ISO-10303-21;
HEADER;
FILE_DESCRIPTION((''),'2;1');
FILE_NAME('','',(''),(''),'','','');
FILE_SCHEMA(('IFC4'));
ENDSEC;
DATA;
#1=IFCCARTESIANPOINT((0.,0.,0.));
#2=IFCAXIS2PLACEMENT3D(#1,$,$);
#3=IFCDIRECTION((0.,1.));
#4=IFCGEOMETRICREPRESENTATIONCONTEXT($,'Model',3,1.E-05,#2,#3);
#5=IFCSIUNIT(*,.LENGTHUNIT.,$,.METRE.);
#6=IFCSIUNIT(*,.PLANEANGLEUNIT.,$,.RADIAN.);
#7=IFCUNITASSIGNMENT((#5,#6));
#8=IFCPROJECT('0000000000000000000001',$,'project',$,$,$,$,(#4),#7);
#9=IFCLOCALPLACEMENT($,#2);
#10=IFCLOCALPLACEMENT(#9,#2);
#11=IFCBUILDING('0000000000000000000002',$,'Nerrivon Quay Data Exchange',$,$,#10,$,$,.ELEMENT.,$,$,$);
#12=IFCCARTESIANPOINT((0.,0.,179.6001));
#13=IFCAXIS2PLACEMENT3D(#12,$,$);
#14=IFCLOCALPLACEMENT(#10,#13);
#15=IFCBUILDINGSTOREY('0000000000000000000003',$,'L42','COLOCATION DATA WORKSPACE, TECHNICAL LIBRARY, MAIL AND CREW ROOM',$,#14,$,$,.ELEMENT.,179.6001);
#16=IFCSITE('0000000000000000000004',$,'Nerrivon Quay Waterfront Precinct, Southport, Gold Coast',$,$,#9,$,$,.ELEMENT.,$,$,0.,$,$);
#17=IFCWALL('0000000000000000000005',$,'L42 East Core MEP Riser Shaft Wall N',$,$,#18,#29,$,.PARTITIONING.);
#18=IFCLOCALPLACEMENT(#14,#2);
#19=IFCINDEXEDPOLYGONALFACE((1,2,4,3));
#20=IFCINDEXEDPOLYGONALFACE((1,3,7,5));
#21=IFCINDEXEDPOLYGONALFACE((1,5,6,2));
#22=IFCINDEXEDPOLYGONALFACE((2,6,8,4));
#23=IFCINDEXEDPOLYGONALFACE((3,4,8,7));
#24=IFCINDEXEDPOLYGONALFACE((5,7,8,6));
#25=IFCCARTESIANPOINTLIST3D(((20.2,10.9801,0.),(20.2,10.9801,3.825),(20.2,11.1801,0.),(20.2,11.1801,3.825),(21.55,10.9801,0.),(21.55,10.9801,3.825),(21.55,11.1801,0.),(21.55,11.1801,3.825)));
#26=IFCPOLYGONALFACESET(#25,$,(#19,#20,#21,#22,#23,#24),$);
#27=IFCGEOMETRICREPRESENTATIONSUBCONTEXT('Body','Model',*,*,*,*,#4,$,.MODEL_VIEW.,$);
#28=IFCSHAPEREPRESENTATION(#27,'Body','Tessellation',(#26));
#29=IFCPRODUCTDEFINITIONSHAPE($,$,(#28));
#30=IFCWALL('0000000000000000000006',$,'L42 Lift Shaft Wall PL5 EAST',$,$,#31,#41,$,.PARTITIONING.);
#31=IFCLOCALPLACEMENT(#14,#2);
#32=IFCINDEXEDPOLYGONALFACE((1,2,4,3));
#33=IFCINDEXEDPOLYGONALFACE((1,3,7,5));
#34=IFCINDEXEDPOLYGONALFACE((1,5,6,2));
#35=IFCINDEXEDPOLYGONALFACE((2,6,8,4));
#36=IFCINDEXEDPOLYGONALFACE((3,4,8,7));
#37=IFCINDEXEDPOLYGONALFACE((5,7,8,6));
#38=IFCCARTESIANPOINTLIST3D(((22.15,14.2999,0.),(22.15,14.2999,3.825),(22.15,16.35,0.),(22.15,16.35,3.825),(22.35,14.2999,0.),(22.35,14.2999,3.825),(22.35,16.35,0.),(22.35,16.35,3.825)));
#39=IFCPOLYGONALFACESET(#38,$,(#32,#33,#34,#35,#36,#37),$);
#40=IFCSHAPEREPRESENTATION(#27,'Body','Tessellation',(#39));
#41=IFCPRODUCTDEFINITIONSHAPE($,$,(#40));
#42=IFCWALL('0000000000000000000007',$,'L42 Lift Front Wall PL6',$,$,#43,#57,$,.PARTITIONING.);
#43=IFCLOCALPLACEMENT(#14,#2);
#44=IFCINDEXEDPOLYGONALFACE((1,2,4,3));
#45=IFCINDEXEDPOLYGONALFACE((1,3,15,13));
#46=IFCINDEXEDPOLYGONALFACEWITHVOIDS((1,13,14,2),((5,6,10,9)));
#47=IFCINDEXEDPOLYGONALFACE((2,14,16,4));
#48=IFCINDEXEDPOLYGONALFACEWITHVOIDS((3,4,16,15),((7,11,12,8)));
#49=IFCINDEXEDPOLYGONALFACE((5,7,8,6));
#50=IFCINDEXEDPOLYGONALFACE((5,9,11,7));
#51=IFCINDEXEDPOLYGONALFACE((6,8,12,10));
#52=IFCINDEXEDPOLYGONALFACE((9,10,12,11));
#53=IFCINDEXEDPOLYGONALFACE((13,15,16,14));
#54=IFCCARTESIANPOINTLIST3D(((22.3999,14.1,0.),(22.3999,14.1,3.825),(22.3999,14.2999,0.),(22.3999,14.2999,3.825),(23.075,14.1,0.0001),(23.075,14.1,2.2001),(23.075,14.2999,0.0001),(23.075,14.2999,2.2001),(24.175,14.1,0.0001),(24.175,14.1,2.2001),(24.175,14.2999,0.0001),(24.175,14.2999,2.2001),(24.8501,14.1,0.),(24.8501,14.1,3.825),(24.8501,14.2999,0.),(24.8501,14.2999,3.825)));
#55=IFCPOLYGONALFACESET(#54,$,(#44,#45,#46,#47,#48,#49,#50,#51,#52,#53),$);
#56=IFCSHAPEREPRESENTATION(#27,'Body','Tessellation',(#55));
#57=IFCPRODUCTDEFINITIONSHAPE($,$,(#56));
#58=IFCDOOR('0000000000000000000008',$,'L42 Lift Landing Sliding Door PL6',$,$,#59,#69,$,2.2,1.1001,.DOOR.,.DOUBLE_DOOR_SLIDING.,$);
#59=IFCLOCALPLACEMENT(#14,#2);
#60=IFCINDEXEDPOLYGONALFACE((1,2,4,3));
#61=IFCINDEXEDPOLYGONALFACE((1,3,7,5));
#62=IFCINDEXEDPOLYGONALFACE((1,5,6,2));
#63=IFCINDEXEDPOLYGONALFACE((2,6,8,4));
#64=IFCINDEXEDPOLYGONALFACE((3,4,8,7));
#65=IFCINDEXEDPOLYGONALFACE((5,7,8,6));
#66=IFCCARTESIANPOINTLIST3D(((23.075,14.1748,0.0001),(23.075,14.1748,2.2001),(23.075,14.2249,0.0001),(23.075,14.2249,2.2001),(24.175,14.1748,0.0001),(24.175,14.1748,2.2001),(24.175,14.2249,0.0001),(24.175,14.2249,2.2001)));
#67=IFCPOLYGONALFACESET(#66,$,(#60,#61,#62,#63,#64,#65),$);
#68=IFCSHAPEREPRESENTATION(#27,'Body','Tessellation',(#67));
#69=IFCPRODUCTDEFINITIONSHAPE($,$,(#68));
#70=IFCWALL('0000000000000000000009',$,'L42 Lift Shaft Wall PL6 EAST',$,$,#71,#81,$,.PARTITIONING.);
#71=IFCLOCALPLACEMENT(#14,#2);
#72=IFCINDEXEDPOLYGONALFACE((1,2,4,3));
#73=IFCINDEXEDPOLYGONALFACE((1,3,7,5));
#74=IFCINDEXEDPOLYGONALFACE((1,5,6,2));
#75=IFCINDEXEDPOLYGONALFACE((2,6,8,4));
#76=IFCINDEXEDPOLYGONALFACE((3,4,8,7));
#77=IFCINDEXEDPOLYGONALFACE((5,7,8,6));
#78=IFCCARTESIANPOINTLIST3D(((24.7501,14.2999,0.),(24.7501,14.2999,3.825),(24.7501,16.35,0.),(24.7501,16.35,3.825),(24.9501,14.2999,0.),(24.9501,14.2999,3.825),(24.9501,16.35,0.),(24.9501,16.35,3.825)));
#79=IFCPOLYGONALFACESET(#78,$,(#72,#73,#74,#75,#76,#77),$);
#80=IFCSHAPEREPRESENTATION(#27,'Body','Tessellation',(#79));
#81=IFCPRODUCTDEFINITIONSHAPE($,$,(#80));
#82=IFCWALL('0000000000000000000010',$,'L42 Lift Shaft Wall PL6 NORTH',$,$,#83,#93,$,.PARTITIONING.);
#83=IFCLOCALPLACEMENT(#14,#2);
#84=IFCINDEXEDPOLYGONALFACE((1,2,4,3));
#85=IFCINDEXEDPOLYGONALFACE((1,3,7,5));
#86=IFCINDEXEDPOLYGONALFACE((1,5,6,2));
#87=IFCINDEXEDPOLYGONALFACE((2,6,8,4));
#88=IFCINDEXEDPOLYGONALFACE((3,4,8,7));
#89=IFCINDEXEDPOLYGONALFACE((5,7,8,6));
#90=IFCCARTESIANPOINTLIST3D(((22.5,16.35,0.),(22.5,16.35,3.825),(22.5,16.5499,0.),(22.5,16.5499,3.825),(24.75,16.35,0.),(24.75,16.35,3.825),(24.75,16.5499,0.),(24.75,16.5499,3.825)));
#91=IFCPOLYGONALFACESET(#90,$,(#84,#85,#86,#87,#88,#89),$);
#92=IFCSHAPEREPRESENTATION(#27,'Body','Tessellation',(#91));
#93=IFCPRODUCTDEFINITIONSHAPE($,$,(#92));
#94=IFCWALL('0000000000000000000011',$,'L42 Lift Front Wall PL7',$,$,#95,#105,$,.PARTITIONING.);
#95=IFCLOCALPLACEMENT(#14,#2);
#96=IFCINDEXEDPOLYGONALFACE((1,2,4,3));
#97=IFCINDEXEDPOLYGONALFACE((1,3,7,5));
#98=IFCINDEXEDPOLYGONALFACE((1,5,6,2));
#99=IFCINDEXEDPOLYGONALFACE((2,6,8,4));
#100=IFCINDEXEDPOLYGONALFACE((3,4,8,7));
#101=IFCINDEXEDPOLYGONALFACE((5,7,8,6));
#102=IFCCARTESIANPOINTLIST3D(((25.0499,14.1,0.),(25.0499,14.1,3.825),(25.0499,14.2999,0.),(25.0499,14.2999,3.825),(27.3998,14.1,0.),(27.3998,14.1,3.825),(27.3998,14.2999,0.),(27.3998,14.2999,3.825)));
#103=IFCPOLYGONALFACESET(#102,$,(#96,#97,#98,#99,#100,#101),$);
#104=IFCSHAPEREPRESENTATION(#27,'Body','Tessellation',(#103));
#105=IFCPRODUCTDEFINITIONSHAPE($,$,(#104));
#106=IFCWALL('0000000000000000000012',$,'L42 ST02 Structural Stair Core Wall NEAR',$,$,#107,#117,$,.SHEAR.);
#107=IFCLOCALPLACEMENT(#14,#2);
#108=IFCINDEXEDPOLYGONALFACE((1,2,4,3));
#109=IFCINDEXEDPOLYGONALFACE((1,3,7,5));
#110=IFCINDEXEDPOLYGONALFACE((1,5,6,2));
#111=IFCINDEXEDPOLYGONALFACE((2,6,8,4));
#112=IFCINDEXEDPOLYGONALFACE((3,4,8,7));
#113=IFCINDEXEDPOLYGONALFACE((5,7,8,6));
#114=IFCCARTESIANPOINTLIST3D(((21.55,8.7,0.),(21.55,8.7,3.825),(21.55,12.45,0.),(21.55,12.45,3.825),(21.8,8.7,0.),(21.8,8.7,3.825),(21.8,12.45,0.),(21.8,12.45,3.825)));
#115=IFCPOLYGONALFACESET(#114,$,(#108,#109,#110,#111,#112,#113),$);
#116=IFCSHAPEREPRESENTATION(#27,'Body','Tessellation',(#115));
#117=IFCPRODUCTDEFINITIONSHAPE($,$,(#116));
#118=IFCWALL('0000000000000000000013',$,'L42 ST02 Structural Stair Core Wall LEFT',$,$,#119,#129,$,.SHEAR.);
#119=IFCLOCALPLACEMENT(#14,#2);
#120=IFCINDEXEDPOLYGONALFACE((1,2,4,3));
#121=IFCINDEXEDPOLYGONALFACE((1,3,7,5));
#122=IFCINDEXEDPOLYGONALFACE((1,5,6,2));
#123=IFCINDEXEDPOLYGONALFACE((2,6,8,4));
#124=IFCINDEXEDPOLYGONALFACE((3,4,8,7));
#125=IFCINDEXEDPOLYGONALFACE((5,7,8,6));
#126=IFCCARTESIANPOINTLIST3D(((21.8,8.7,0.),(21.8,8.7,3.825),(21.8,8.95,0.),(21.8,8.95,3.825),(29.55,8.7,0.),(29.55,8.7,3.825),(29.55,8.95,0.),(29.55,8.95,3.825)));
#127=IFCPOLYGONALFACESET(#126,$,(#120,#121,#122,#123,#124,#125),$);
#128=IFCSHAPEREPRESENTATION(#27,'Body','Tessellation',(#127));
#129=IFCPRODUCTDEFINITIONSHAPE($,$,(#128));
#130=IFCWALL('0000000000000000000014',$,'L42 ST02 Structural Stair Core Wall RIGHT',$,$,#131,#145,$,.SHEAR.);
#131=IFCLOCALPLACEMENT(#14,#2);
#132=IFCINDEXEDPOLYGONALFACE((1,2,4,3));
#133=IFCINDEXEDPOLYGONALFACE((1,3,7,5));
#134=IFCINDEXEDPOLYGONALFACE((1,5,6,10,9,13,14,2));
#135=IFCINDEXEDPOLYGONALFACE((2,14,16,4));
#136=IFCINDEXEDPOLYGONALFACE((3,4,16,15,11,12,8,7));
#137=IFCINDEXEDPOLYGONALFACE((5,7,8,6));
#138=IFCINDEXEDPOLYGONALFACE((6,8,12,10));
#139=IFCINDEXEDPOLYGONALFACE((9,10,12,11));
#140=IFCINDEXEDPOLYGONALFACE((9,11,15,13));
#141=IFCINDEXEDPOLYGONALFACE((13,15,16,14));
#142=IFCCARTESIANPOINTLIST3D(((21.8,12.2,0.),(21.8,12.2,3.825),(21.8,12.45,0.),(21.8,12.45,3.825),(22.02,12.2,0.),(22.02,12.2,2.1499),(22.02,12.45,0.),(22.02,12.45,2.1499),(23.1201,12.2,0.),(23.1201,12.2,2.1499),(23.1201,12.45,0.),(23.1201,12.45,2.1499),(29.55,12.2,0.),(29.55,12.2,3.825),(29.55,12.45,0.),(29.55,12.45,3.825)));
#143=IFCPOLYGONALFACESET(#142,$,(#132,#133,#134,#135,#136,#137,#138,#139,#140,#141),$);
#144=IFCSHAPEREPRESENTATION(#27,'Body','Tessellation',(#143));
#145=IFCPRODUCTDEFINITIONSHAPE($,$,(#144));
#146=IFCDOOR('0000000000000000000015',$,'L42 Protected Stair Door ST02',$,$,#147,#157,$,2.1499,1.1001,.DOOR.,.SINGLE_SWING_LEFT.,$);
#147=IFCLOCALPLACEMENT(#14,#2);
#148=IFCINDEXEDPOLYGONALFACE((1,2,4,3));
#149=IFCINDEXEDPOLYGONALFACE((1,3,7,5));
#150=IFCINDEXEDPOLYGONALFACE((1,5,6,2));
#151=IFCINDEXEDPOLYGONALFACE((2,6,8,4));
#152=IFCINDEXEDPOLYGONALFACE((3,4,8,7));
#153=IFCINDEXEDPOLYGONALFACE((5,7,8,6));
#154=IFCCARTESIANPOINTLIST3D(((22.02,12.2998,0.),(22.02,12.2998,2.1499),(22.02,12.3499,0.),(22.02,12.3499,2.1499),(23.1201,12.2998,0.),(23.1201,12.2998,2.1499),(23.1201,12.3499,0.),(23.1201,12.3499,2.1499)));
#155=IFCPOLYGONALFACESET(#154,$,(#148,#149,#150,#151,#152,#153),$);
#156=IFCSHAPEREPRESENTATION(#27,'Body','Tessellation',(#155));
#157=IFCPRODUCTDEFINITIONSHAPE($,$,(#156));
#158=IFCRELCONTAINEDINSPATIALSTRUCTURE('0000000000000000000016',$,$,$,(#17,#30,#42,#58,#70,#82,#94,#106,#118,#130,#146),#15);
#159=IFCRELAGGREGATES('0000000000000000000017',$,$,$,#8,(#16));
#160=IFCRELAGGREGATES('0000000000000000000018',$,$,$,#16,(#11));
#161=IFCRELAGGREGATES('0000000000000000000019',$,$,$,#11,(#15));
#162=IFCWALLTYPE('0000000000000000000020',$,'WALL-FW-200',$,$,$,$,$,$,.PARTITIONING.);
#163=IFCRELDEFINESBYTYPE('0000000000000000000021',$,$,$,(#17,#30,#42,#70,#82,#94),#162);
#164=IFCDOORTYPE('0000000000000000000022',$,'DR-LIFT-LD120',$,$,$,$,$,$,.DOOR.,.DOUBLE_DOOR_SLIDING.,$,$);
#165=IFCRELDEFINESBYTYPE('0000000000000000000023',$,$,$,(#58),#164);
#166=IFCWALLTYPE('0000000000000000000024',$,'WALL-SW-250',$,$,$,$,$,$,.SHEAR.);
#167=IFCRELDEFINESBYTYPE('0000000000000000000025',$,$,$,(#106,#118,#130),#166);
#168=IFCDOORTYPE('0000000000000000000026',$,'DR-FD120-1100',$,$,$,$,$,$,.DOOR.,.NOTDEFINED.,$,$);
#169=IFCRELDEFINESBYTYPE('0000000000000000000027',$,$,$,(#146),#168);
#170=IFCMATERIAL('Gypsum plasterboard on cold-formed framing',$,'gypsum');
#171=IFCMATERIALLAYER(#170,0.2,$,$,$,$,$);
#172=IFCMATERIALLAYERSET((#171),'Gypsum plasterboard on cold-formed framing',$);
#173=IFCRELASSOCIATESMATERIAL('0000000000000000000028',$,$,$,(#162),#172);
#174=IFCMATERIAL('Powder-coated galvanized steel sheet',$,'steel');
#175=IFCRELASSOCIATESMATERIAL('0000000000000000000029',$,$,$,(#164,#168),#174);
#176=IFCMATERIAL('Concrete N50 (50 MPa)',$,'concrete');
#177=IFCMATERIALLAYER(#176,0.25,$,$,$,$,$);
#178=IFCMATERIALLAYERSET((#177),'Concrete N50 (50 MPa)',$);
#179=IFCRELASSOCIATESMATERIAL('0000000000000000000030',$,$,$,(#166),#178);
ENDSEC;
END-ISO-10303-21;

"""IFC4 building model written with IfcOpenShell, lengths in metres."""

from ifc_helpers import new_model, si_unit, direction, frame, frame_2d, origin, place, context, subcontext, project, spatial, rectangle, extrude, material, layer, layer_set, type_object, element, fill, save


model = new_model("IFC4")

# Units and contexts
model_context = context("Model", 3, precision=1e-05, world=origin(), true_north=direction((0.0, 1.0)))
body_context = subcontext(model_context, "Body", "Model", "MODEL_VIEW")
ifc_project = project(units=[si_unit("LENGTHUNIT", "METRE"), si_unit("PLANEANGLEUNIT", "RADIAN")], contexts=[model_context])

# Site, building, storey
site_placement = place(None, origin())
site = spatial("IfcSite", under=ifc_project, at=site_placement, Name="Nerrivon Quay Waterfront Precinct, Southport, Gold Coast", CompositionType="ELEMENT", RefElevation=0.0)
building_placement = place(site_placement, origin())
building = spatial("IfcBuilding", under=site, at=building_placement, Name="Nerrivon Quay Data Exchange", CompositionType="ELEMENT")
storey_placement = place(building_placement, frame((0.0, 0.0, 179.6001)))
storey = spatial("IfcBuildingStorey", under=building, at=storey_placement, Name="L42", Description="COLOCATION DATA WORKSPACE, TECHNICAL LIBRARY, MAIL AND CREW ROOM", CompositionType="ELEMENT", Elevation=179.6001)

# Walls
ifc_material_1 = material(Name="Gypsum plasterboard on cold-formed framing", Category="gypsum")
ifc_layer_1 = layer(ifc_material_1, 0.2)
ifc_layer_set_1 = layer_set([ifc_layer_1], Name="Gypsum plasterboard on cold-formed framing")
wall_type_1 = type_object("IfcWallType", Name="WALL-FW-200", PredefinedType="PARTITIONING", material=ifc_layer_set_1)
wall_1_placement = place(storey_placement, frame((20.2, 11.0801, 0.0), z_axis=(0.0, 0.0, 1.0), x_axis=(1.0, 0.0, 0.0)))
element("IfcWall", 1, at=wall_1_placement, inside=storey, type_object=wall_type_1, Name="L42 East Core MEP Riser Shaft Wall N", PredefinedType="PARTITIONING", context=body_context, shape_type="SweptSolid", body=[
    extrude(rectangle(XDim=1.3501, YDim=0.2, at=frame_2d((0.675, 0.0))), origin(), (0.0, 0.0, 1.0), 3.825),
])
wall_2_placement = place(storey_placement, frame((22.25, 14.3, 0.0), z_axis=(0.0, 0.0, 1.0), x_axis=(0.0, 1.0, 0.0)))
element("IfcWall", 2, at=wall_2_placement, inside=storey, type_object=wall_type_1, Name="L42 Lift Shaft Wall PL5 EAST", PredefinedType="PARTITIONING", context=body_context, shape_type="SweptSolid", body=[
    extrude(rectangle(XDim=2.05, YDim=0.2, at=frame_2d((1.0249, 0.0))), origin(), (0.0, 0.0, 1.0), 3.825),
])

# Wall, opening, door
wall_3_placement = place(storey_placement, frame((22.3999, 14.2, 0.0), z_axis=(0.0, 0.0, 1.0), x_axis=(1.0, 0.0, 0.0)))
wall_3 = element("IfcWall", 3, at=wall_3_placement, inside=storey, type_object=wall_type_1, Name="L42 Lift Front Wall PL6", PredefinedType="PARTITIONING", context=body_context, shape_type="SweptSolid", body=[
    extrude(rectangle(XDim=2.4502, YDim=0.2, at=frame_2d((1.2251, 0.0))), origin(), (0.0, 0.0, 1.0), 3.825),
])
opening_1_placement = place(wall_3_placement, frame((0.675, 0.0, 0.0)))
opening_1 = element("IfcOpeningElement", 4, at=opening_1_placement, cuts=wall_3, PredefinedType="OPENING", context=body_context, shape_type="SweptSolid", body=[
    extrude(rectangle(XDim=1.1001, YDim=2.2, at=frame_2d((0.55, 1.1001))), frame((0.0, 0.1099, 0.0), z_axis=(0.0, -1.0, 0.0), x_axis=(1.0, 0.0, 0.0)), (0.0, 0.0, 1.0), 0.22),
])
ifc_material_2 = material(Name="Powder-coated galvanized steel sheet", Category="steel")
door_type_1 = type_object("IfcDoorType", Name="DR-LIFT-LD120", OperationType="DOUBLE_DOOR_SLIDING", PredefinedType="DOOR", material=ifc_material_2)
door_1_placement = place(opening_1_placement, origin())
door_1 = element("IfcDoor", 5, at=door_1_placement, inside=storey, type_object=door_type_1, Name="L42 Lift Landing Sliding Door PL6", OperationType="DOUBLE_DOOR_SLIDING", OverallHeight=2.2, OverallWidth=1.1001, PredefinedType="DOOR", context=body_context, shape_type="SweptSolid", body=[
    extrude(rectangle(XDim=1.1001, YDim=2.2, at=frame_2d((0.55, 1.1001))), frame((0.0, 0.0249, 0.0), z_axis=(0.0, -1.0, 0.0), x_axis=(1.0, 0.0, 0.0)), (0.0, 0.0, 1.0), 0.05),
])
fill(opening_1, door_1)

# Walls
wall_4_placement = place(storey_placement, frame((24.8501, 14.3, 0.0), z_axis=(0.0, 0.0, 1.0), x_axis=(0.0, 1.0, 0.0)))
element("IfcWall", 6, at=wall_4_placement, inside=storey, type_object=wall_type_1, Name="L42 Lift Shaft Wall PL6 EAST", PredefinedType="PARTITIONING", context=body_context, shape_type="SweptSolid", body=[
    extrude(rectangle(XDim=2.05, YDim=0.2, at=frame_2d((1.0249, 0.0))), origin(), (0.0, 0.0, 1.0), 3.825),
])
wall_5_placement = place(storey_placement, frame((22.5, 16.45, 0.0), z_axis=(0.0, 0.0, 1.0), x_axis=(1.0, 0.0, 0.0)))
element("IfcWall", 7, at=wall_5_placement, inside=storey, type_object=wall_type_1, Name="L42 Lift Shaft Wall PL6 NORTH", PredefinedType="PARTITIONING", context=body_context, shape_type="SweptSolid", body=[
    extrude(rectangle(XDim=2.25, YDim=0.2, at=frame_2d((1.125, 0.0))), origin(), (0.0, 0.0, 1.0), 3.825),
])
wall_6_placement = place(storey_placement, frame((25.05, 14.2, 0.0), z_axis=(0.0, 0.0, 1.0), x_axis=(1.0, 0.0, 0.0)))
element("IfcWall", 8, at=wall_6_placement, inside=storey, type_object=wall_type_1, Name="L42 Lift Front Wall PL7", PredefinedType="PARTITIONING", context=body_context, shape_type="SweptSolid", body=[
    extrude(rectangle(XDim=2.3499, YDim=0.2, at=frame_2d((1.1748, 0.0))), origin(), (0.0, 0.0, 1.0), 3.825),
])
ifc_material_3 = material(Name="Concrete N50 (50 MPa)", Category="concrete")
ifc_layer_2 = layer(ifc_material_3, 0.25)
ifc_layer_set_2 = layer_set([ifc_layer_2], Name="Concrete N50 (50 MPa)")
wall_type_2 = type_object("IfcWallType", Name="WALL-SW-250", PredefinedType="SHEAR", material=ifc_layer_set_2)
wall_7_placement = place(storey_placement, frame((21.675, 8.7, 0.0), z_axis=(0.0, 0.0, 1.0), x_axis=(0.0, 1.0, 0.0)))
element("IfcWall", 9, at=wall_7_placement, inside=storey, type_object=wall_type_2, Name="L42 ST02 Structural Stair Core Wall NEAR", PredefinedType="SHEAR", context=body_context, shape_type="SweptSolid", body=[
    extrude(rectangle(XDim=3.75, YDim=0.25, at=frame_2d((1.875, 0.0))), origin(), (0.0, 0.0, 1.0), 3.825),
])
wall_8_placement = place(storey_placement, frame((21.8, 8.825, 0.0), z_axis=(0.0, 0.0, 1.0), x_axis=(1.0, 0.0, 0.0)))
element("IfcWall", 10, at=wall_8_placement, inside=storey, type_object=wall_type_2, Name="L42 ST02 Structural Stair Core Wall LEFT", PredefinedType="SHEAR", context=body_context, shape_type="SweptSolid", body=[
    extrude(rectangle(XDim=7.75, YDim=0.25, at=frame_2d((3.875, 0.0))), origin(), (0.0, 0.0, 1.0), 3.825),
])

# Wall, opening, door
wall_9_placement = place(storey_placement, frame((21.8, 12.325, 0.0), z_axis=(0.0, 0.0, 1.0), x_axis=(1.0, 0.0, 0.0)))
wall_9 = element("IfcWall", 11, at=wall_9_placement, inside=storey, type_object=wall_type_2, Name="L42 ST02 Structural Stair Core Wall RIGHT", PredefinedType="SHEAR", context=body_context, shape_type="SweptSolid", body=[
    extrude(rectangle(XDim=7.75, YDim=0.25, at=frame_2d((3.875, 0.0))), origin(), (0.0, 0.0, 1.0), 3.825),
])
opening_2_placement = place(wall_9_placement, frame((0.22, 0.0, 0.0)))
opening_2 = element("IfcOpeningElement", 12, at=opening_2_placement, cuts=wall_9, PredefinedType="OPENING", context=body_context, shape_type="SweptSolid", body=[
    extrude(rectangle(XDim=1.1001, YDim=2.1499, at=frame_2d((0.55, 1.075))), frame((0.0, 0.135, 0.0), z_axis=(0.0, -1.0, 0.0), x_axis=(1.0, 0.0, 0.0)), (0.0, 0.0, 1.0), 0.27),
])
door_type_2 = type_object("IfcDoorType", Name="DR-FD120-1100", OperationType="NOTDEFINED", PredefinedType="DOOR", material=ifc_material_2)
door_2_placement = place(opening_2_placement, origin())
door_2 = element("IfcDoor", 13, at=door_2_placement, inside=storey, type_object=door_type_2, Name="L42 Protected Stair Door ST02", OperationType="SINGLE_SWING_LEFT", OverallHeight=2.1499, OverallWidth=1.1001, PredefinedType="DOOR", context=body_context, shape_type="SweptSolid", body=[
    extrude(rectangle(XDim=1.1001, YDim=2.1499, at=frame_2d((0.55, 1.075))), frame((0.0, 0.0249, 0.0), z_axis=(0.0, -1.0, 0.0), x_axis=(1.0, 0.0, 0.0)), (0.0, 0.0, 1.0), 0.05),
])
fill(opening_2, door_2)

save(model, "model.ifc")
